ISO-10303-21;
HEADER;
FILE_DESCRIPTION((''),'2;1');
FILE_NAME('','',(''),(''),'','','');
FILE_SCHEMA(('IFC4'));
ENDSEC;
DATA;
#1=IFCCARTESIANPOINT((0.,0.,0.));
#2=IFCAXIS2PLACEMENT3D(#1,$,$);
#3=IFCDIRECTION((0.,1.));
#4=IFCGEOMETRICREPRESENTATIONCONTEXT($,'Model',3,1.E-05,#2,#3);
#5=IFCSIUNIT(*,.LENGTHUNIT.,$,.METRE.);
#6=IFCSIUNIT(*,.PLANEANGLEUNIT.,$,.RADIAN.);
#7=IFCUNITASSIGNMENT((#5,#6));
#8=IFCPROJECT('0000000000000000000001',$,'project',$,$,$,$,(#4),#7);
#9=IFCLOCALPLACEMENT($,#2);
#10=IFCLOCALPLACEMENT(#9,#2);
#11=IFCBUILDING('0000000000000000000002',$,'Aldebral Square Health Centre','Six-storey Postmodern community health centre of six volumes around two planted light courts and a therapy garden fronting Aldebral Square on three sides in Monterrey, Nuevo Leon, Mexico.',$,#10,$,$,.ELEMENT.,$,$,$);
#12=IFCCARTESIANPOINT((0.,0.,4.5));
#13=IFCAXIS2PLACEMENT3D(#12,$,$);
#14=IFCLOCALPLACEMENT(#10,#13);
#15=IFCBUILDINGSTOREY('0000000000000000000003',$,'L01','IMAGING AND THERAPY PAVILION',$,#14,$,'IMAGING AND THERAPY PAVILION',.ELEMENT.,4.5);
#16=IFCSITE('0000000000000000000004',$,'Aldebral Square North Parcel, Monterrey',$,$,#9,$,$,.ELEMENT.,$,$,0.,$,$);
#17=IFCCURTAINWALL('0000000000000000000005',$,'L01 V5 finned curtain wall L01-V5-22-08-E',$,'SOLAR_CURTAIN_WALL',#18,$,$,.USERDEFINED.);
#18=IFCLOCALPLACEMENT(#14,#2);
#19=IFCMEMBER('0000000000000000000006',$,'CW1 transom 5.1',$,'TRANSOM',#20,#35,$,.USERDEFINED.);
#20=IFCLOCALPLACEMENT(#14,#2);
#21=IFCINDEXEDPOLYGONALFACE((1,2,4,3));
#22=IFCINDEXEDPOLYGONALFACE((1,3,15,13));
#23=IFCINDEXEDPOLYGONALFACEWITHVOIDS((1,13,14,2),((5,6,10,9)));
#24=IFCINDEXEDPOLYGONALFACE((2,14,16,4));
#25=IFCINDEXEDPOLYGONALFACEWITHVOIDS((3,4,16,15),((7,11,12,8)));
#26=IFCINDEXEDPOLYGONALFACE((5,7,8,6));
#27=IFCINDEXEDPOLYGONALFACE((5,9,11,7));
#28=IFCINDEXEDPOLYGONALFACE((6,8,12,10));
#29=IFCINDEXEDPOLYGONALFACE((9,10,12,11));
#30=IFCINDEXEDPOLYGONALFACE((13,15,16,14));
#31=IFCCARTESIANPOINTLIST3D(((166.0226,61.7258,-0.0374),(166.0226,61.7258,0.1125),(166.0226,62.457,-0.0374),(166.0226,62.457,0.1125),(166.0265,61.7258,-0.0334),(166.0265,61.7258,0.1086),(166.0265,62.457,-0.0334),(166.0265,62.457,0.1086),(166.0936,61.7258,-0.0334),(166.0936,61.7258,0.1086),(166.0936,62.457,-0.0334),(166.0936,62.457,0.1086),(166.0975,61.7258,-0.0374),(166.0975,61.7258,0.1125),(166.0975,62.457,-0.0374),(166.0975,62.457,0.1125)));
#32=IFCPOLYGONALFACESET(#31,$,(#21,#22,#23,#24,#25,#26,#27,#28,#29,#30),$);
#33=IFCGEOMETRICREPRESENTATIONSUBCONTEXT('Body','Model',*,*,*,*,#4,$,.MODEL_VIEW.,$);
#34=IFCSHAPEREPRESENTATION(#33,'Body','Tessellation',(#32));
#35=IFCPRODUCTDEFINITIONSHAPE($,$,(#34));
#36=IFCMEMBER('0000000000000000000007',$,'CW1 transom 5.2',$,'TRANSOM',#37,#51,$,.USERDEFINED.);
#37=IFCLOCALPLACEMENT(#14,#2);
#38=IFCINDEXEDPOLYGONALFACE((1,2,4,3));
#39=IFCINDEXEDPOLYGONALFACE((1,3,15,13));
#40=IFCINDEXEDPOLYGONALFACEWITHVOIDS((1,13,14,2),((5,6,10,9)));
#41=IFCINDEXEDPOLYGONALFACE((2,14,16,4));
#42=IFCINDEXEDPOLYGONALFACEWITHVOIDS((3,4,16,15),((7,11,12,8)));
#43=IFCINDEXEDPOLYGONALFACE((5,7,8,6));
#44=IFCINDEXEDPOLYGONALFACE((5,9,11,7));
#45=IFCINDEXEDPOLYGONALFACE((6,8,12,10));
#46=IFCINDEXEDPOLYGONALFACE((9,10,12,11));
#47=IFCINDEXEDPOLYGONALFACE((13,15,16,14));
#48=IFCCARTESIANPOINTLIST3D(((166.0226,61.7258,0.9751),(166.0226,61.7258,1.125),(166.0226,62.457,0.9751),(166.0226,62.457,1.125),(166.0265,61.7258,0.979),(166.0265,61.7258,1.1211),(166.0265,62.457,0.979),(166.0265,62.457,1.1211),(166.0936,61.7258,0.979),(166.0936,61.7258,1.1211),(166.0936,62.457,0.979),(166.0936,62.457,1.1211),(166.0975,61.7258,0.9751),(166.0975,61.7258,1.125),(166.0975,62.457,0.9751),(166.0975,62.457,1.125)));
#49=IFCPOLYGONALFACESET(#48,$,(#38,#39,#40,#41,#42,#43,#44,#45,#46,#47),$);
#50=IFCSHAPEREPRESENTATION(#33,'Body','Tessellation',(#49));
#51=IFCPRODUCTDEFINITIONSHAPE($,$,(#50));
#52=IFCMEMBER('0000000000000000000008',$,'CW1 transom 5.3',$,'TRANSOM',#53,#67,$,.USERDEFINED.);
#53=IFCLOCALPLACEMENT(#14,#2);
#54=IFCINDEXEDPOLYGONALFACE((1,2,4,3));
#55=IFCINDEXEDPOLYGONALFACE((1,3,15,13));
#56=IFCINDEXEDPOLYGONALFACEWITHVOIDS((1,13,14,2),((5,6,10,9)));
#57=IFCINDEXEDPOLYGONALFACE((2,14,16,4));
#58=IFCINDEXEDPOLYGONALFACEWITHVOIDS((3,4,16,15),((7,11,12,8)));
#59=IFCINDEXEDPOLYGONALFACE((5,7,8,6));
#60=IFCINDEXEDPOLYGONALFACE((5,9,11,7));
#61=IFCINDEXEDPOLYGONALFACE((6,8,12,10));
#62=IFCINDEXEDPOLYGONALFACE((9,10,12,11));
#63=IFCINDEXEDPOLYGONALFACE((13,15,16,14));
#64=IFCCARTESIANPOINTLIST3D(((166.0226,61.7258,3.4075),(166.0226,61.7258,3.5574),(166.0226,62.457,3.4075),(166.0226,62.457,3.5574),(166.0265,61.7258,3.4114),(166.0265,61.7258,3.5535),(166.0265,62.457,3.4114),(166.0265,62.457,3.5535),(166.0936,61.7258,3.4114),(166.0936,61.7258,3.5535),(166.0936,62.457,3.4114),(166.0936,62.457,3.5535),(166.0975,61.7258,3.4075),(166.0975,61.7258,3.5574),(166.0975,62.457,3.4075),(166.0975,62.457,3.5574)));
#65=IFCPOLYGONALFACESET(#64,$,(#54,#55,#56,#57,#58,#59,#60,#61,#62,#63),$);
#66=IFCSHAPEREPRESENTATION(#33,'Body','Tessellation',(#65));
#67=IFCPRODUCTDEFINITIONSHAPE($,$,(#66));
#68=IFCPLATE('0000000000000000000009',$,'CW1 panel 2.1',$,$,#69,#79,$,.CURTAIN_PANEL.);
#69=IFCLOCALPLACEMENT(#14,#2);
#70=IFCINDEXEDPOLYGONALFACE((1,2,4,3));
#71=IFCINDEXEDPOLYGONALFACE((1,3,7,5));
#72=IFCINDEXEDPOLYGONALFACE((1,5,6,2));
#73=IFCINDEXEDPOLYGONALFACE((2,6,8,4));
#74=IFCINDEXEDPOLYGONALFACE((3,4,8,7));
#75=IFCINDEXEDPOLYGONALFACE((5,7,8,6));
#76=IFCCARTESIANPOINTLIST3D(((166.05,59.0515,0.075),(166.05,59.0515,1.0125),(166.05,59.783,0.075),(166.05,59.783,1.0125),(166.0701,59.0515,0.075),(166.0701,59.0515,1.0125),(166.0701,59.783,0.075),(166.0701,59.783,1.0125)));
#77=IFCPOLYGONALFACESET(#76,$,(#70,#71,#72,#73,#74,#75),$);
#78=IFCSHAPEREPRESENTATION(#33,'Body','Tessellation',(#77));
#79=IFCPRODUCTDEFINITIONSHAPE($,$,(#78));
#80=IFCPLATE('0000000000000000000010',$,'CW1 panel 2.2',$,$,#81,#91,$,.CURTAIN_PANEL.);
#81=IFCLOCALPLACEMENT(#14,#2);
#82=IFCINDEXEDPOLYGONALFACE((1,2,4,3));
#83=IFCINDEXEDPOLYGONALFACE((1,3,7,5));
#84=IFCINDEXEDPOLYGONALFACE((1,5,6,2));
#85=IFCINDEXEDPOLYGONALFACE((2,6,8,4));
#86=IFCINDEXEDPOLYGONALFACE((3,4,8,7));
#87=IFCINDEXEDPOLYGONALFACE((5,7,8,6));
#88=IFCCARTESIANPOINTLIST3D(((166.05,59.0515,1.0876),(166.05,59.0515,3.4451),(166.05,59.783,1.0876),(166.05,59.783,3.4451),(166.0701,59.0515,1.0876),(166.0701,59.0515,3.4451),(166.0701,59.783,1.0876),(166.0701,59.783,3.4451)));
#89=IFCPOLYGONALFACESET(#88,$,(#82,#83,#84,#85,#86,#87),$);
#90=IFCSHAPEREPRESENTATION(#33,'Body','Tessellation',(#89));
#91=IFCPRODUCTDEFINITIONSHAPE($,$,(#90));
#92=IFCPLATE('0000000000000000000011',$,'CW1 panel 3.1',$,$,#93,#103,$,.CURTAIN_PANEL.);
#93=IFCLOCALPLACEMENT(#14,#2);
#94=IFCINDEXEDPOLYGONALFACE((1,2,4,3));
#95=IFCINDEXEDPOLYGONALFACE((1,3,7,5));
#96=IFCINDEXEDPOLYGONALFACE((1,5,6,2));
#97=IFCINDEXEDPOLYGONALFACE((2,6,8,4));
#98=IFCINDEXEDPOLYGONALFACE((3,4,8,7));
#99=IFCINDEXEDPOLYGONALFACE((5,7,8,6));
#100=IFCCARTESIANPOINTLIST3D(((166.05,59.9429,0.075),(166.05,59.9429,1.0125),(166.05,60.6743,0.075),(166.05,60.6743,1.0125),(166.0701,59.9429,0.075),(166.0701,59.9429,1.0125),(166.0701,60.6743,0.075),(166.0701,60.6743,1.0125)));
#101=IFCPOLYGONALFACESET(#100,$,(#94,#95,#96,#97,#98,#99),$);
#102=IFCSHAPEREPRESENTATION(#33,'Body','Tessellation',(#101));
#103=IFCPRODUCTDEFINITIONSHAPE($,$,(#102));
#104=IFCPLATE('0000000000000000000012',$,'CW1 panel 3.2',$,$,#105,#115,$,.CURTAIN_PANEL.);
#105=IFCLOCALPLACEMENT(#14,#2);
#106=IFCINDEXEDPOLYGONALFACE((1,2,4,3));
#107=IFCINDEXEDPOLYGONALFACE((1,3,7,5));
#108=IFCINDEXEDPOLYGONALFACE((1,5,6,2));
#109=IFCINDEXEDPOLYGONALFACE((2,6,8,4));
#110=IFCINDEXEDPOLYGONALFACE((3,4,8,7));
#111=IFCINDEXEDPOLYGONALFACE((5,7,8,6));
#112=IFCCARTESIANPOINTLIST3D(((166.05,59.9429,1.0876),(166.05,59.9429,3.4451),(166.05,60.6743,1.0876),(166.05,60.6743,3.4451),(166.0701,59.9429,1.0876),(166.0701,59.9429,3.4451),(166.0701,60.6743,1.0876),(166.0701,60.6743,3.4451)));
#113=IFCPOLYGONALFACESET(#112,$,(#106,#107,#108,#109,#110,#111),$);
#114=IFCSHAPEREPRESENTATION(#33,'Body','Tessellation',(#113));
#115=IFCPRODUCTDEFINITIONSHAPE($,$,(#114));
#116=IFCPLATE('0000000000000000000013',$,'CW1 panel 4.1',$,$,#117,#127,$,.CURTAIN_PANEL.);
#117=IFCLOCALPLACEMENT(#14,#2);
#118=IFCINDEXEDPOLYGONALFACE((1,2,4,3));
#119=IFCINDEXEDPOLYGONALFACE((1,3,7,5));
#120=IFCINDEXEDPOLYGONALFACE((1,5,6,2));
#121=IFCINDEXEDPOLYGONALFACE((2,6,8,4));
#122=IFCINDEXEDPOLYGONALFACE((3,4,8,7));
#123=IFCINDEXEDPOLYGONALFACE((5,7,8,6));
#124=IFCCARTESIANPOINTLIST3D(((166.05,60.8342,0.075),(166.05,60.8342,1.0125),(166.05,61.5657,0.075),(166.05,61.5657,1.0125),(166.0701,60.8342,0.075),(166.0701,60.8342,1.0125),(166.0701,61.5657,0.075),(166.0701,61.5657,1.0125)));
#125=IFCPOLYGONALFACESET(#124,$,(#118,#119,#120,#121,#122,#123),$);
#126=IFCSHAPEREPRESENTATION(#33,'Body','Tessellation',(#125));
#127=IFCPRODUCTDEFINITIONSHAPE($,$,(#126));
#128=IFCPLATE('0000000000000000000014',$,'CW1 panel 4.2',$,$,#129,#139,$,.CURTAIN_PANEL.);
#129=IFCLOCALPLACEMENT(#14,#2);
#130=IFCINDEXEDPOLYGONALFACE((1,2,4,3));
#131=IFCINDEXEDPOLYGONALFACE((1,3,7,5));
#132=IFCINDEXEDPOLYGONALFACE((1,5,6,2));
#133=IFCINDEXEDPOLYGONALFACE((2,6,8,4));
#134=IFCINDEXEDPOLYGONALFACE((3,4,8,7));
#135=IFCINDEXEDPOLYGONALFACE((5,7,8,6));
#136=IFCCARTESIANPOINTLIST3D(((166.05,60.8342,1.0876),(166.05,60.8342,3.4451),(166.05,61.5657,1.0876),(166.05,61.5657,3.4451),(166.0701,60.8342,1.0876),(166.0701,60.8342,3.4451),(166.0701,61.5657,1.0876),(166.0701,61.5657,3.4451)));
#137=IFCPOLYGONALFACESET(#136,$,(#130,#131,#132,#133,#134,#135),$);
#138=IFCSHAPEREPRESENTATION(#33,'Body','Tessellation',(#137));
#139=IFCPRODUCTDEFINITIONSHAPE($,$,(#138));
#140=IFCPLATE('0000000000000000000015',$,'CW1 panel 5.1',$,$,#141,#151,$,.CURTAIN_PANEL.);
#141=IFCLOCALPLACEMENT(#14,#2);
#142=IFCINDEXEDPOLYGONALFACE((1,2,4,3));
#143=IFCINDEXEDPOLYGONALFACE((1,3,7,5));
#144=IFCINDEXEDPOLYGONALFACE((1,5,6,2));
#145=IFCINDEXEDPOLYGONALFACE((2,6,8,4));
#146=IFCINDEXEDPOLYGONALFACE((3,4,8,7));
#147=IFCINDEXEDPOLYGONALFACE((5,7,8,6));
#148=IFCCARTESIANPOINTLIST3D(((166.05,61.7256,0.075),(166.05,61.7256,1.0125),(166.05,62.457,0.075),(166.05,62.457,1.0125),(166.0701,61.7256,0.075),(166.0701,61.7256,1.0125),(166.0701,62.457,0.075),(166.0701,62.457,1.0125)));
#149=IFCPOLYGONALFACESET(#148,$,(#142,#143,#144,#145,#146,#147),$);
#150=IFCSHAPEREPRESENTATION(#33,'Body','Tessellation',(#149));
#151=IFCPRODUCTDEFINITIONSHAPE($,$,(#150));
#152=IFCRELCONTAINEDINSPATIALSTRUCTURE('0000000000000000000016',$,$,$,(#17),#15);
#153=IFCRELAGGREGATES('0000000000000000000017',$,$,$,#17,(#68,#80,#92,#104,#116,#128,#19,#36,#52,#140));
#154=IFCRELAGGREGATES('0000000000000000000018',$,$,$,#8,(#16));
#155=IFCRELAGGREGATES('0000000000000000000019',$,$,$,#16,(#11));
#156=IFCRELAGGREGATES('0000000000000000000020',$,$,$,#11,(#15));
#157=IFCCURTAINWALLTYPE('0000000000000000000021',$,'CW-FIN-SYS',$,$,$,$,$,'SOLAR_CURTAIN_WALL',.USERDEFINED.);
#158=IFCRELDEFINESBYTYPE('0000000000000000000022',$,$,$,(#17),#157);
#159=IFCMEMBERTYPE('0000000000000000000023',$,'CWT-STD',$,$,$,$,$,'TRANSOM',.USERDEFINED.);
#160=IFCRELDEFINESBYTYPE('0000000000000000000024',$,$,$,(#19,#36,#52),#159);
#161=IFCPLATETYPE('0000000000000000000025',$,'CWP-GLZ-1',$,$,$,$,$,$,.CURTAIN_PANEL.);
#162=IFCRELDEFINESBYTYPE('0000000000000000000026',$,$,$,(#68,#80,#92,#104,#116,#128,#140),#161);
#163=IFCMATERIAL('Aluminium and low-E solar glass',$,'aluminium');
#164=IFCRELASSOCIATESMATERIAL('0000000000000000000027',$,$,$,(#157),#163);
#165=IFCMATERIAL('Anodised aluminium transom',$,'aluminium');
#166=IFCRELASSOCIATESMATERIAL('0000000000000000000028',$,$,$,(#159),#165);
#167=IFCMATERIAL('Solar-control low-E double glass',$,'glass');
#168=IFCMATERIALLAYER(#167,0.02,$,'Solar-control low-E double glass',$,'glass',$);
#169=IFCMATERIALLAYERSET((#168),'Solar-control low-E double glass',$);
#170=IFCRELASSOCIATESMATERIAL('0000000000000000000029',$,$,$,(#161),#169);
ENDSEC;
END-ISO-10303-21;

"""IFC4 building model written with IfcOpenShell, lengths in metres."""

from ifc_helpers import new_model, si_unit, direction, frame, origin, origin_2d, place, context, subcontext, project, spatial, rectangle, hollow_rectangle, extrude, material, layer, layer_set, material_profile, profile_set, type_object, element, aggregate, save


model = new_model("IFC4")

# Units and contexts
model_context = context("Model", 3, precision=1e-05, world=origin(), true_north=direction((0.0, 1.0)))
body_context = subcontext(model_context, "Body", "Model", "MODEL_VIEW")
ifc_project = project(units=[si_unit("LENGTHUNIT", "METRE"), si_unit("PLANEANGLEUNIT", "RADIAN")], contexts=[model_context])

# Site, building, storey
site_placement = place(None, origin())
site = spatial("IfcSite", under=ifc_project, at=site_placement, Name="Aldebral Square North Parcel, Monterrey", CompositionType="ELEMENT", RefElevation=0.0)
building_placement = place(site_placement, origin())
building = spatial("IfcBuilding", under=site, at=building_placement, Name="Aldebral Square Health Centre", Description="Six-storey Postmodern community health centre of six volumes around two planted light courts and a therapy garden fronting Aldebral Square on three sides in Monterrey, Nuevo Leon, Mexico.", CompositionType="ELEMENT")
storey_placement = place(building_placement, frame((0.0, 0.0, 4.5)))
storey = spatial("IfcBuildingStorey", under=building, at=storey_placement, Name="L01", Description="IMAGING AND THERAPY PAVILION", LongName="IMAGING AND THERAPY PAVILION", CompositionType="ELEMENT", Elevation=4.5)

# Curtain wall, members, plates
ifc_material_1 = material(Name="Aluminium and low-E solar glass", Category="aluminium")
curtain_wall_type = type_object("IfcCurtainWallType", Name="CW-FIN-SYS", ElementType="SOLAR_CURTAIN_WALL", PredefinedType="USERDEFINED", material=ifc_material_1)
curtain_wall_placement = place(storey_placement, origin())
curtain_wall = element("IfcCurtainWall", 1, at=curtain_wall_placement, inside=storey, type_object=curtain_wall_type, Name="L01 V5 finned curtain wall L01-V5-22-08-E", ObjectType="SOLAR_CURTAIN_WALL", PredefinedType="USERDEFINED")
ifc_material_2 = material(Name="Anodised aluminium transom", Category="aluminium")
ifc_material_profile_1 = material_profile(ifc_material_2, hollow_rectangle(XDim=0.075, YDim=0.1499, WallThickness=0.0039, at=origin_2d()), Name="CWT 75x150x4")
ifc_profile_set_1 = profile_set([ifc_material_profile_1], Name="Anodised aluminium transom")
member_type_1 = type_object("IfcMemberType", Name="CWT-STD", ElementType="TRANSOM", PredefinedType="USERDEFINED", material=ifc_profile_set_1)
member_1_placement = place(storey_placement, frame((166.0601, 61.7258, 0.0376), z_axis=(0.0, 1.0, 0.0), x_axis=(-1.0, 0.0, 0.0)))
member_1 = element("IfcMember", 2, at=member_1_placement, type_object=member_type_1, Name="CW1 transom 5.1", ObjectType="TRANSOM", PredefinedType="USERDEFINED", context=body_context, shape_type="SweptSolid", body=[
    extrude(hollow_rectangle(XDim=0.075, YDim=0.1499, WallThickness=0.0039, at=origin_2d()), origin(), (0.0, 0.0, 1.0), 0.7312),
])
member_2_placement = place(storey_placement, frame((166.0601, 61.7258, 1.05), z_axis=(0.0, 1.0, 0.0), x_axis=(-1.0, 0.0, 0.0)))
member_2 = element("IfcMember", 3, at=member_2_placement, type_object=member_type_1, Name="CW1 transom 5.2", ObjectType="TRANSOM", PredefinedType="USERDEFINED", context=body_context, shape_type="SweptSolid", body=[
    extrude(hollow_rectangle(XDim=0.075, YDim=0.1499, WallThickness=0.0039, at=origin_2d()), origin(), (0.0, 0.0, 1.0), 0.7312),
])
member_3_placement = place(storey_placement, frame((166.0601, 61.7258, 3.4824), z_axis=(0.0, 1.0, 0.0), x_axis=(-1.0, 0.0, 0.0)))
member_3 = element("IfcMember", 4, at=member_3_placement, type_object=member_type_1, Name="CW1 transom 5.3", ObjectType="TRANSOM", PredefinedType="USERDEFINED", context=body_context, shape_type="SweptSolid", body=[
    extrude(hollow_rectangle(XDim=0.075, YDim=0.1499, WallThickness=0.0039, at=origin_2d()), origin(), (0.0, 0.0, 1.0), 0.7312),
])
ifc_material_3 = material(Name="Solar-control low-E double glass", Category="glass")
ifc_layer = layer(ifc_material_3, 0.02, Name="Solar-control low-E double glass", Category="glass")
ifc_layer_set = layer_set([ifc_layer], Name="Solar-control low-E double glass")
plate_type = type_object("IfcPlateType", Name="CWP-GLZ-1", PredefinedType="CURTAIN_PANEL", material=ifc_layer_set)
plate_1_placement = place(storey_placement, frame((166.0601, 59.4172, 0.075), z_axis=(0.0, 0.0, 1.0), x_axis=(0.0, 1.0, 0.0)))
plate_1 = element("IfcPlate", 5, at=plate_1_placement, type_object=plate_type, Name="CW1 panel 2.1", PredefinedType="CURTAIN_PANEL", context=body_context, shape_type="SweptSolid", body=[
    extrude(rectangle(XDim=0.7314, YDim=0.02, at=origin_2d()), origin(), (0.0, 0.0, 1.0), 0.9375),
])
plate_2_placement = place(storey_placement, frame((166.0601, 59.4172, 1.0876), z_axis=(0.0, 0.0, 1.0), x_axis=(0.0, 1.0, 0.0)))
plate_2 = element("IfcPlate", 6, at=plate_2_placement, type_object=plate_type, Name="CW1 panel 2.2", PredefinedType="CURTAIN_PANEL", context=body_context, shape_type="SweptSolid", body=[
    extrude(rectangle(XDim=0.7314, YDim=0.02, at=origin_2d()), origin(), (0.0, 0.0, 1.0), 2.3574),
])
plate_3_placement = place(storey_placement, frame((166.0601, 60.3086, 0.075), z_axis=(0.0, 0.0, 1.0), x_axis=(0.0, 1.0, 0.0)))
plate_3 = element("IfcPlate", 7, at=plate_3_placement, type_object=plate_type, Name="CW1 panel 3.1", PredefinedType="CURTAIN_PANEL", context=body_context, shape_type="SweptSolid", body=[
    extrude(rectangle(XDim=0.7314, YDim=0.02, at=origin_2d()), origin(), (0.0, 0.0, 1.0), 0.9375),
])
plate_4_placement = place(storey_placement, frame((166.0601, 60.3086, 1.0876), z_axis=(0.0, 0.0, 1.0), x_axis=(0.0, 1.0, 0.0)))
plate_4 = element("IfcPlate", 8, at=plate_4_placement, type_object=plate_type, Name="CW1 panel 3.2", PredefinedType="CURTAIN_PANEL", context=body_context, shape_type="SweptSolid", body=[
    extrude(rectangle(XDim=0.7314, YDim=0.02, at=origin_2d()), origin(), (0.0, 0.0, 1.0), 2.3574),
])
plate_5_placement = place(storey_placement, frame((166.0601, 61.2, 0.075), z_axis=(0.0, 0.0, 1.0), x_axis=(0.0, 1.0, 0.0)))
plate_5 = element("IfcPlate", 9, at=plate_5_placement, type_object=plate_type, Name="CW1 panel 4.1", PredefinedType="CURTAIN_PANEL", context=body_context, shape_type="SweptSolid", body=[
    extrude(rectangle(XDim=0.7314, YDim=0.02, at=origin_2d()), origin(), (0.0, 0.0, 1.0), 0.9375),
])
plate_6_placement = place(storey_placement, frame((166.0601, 61.2, 1.0876), z_axis=(0.0, 0.0, 1.0), x_axis=(0.0, 1.0, 0.0)))
plate_6 = element("IfcPlate", 10, at=plate_6_placement, type_object=plate_type, Name="CW1 panel 4.2", PredefinedType="CURTAIN_PANEL", context=body_context, shape_type="SweptSolid", body=[
    extrude(rectangle(XDim=0.7314, YDim=0.02, at=origin_2d()), origin(), (0.0, 0.0, 1.0), 2.3574),
])
plate_7_placement = place(storey_placement, frame((166.0601, 62.0913, 0.075), z_axis=(0.0, 0.0, 1.0), x_axis=(0.0, 1.0, 0.0)))
plate_7 = element("IfcPlate", 11, at=plate_7_placement, type_object=plate_type, Name="CW1 panel 5.1", PredefinedType="CURTAIN_PANEL", context=body_context, shape_type="SweptSolid", body=[
    extrude(rectangle(XDim=0.7314, YDim=0.02, at=origin_2d()), origin(), (0.0, 0.0, 1.0), 0.9375),
])
aggregate(curtain_wall, [plate_1, plate_2, plate_3, plate_4, plate_5, plate_6, member_1, member_2, member_3, plate_7])

save(model, "model.ifc")
